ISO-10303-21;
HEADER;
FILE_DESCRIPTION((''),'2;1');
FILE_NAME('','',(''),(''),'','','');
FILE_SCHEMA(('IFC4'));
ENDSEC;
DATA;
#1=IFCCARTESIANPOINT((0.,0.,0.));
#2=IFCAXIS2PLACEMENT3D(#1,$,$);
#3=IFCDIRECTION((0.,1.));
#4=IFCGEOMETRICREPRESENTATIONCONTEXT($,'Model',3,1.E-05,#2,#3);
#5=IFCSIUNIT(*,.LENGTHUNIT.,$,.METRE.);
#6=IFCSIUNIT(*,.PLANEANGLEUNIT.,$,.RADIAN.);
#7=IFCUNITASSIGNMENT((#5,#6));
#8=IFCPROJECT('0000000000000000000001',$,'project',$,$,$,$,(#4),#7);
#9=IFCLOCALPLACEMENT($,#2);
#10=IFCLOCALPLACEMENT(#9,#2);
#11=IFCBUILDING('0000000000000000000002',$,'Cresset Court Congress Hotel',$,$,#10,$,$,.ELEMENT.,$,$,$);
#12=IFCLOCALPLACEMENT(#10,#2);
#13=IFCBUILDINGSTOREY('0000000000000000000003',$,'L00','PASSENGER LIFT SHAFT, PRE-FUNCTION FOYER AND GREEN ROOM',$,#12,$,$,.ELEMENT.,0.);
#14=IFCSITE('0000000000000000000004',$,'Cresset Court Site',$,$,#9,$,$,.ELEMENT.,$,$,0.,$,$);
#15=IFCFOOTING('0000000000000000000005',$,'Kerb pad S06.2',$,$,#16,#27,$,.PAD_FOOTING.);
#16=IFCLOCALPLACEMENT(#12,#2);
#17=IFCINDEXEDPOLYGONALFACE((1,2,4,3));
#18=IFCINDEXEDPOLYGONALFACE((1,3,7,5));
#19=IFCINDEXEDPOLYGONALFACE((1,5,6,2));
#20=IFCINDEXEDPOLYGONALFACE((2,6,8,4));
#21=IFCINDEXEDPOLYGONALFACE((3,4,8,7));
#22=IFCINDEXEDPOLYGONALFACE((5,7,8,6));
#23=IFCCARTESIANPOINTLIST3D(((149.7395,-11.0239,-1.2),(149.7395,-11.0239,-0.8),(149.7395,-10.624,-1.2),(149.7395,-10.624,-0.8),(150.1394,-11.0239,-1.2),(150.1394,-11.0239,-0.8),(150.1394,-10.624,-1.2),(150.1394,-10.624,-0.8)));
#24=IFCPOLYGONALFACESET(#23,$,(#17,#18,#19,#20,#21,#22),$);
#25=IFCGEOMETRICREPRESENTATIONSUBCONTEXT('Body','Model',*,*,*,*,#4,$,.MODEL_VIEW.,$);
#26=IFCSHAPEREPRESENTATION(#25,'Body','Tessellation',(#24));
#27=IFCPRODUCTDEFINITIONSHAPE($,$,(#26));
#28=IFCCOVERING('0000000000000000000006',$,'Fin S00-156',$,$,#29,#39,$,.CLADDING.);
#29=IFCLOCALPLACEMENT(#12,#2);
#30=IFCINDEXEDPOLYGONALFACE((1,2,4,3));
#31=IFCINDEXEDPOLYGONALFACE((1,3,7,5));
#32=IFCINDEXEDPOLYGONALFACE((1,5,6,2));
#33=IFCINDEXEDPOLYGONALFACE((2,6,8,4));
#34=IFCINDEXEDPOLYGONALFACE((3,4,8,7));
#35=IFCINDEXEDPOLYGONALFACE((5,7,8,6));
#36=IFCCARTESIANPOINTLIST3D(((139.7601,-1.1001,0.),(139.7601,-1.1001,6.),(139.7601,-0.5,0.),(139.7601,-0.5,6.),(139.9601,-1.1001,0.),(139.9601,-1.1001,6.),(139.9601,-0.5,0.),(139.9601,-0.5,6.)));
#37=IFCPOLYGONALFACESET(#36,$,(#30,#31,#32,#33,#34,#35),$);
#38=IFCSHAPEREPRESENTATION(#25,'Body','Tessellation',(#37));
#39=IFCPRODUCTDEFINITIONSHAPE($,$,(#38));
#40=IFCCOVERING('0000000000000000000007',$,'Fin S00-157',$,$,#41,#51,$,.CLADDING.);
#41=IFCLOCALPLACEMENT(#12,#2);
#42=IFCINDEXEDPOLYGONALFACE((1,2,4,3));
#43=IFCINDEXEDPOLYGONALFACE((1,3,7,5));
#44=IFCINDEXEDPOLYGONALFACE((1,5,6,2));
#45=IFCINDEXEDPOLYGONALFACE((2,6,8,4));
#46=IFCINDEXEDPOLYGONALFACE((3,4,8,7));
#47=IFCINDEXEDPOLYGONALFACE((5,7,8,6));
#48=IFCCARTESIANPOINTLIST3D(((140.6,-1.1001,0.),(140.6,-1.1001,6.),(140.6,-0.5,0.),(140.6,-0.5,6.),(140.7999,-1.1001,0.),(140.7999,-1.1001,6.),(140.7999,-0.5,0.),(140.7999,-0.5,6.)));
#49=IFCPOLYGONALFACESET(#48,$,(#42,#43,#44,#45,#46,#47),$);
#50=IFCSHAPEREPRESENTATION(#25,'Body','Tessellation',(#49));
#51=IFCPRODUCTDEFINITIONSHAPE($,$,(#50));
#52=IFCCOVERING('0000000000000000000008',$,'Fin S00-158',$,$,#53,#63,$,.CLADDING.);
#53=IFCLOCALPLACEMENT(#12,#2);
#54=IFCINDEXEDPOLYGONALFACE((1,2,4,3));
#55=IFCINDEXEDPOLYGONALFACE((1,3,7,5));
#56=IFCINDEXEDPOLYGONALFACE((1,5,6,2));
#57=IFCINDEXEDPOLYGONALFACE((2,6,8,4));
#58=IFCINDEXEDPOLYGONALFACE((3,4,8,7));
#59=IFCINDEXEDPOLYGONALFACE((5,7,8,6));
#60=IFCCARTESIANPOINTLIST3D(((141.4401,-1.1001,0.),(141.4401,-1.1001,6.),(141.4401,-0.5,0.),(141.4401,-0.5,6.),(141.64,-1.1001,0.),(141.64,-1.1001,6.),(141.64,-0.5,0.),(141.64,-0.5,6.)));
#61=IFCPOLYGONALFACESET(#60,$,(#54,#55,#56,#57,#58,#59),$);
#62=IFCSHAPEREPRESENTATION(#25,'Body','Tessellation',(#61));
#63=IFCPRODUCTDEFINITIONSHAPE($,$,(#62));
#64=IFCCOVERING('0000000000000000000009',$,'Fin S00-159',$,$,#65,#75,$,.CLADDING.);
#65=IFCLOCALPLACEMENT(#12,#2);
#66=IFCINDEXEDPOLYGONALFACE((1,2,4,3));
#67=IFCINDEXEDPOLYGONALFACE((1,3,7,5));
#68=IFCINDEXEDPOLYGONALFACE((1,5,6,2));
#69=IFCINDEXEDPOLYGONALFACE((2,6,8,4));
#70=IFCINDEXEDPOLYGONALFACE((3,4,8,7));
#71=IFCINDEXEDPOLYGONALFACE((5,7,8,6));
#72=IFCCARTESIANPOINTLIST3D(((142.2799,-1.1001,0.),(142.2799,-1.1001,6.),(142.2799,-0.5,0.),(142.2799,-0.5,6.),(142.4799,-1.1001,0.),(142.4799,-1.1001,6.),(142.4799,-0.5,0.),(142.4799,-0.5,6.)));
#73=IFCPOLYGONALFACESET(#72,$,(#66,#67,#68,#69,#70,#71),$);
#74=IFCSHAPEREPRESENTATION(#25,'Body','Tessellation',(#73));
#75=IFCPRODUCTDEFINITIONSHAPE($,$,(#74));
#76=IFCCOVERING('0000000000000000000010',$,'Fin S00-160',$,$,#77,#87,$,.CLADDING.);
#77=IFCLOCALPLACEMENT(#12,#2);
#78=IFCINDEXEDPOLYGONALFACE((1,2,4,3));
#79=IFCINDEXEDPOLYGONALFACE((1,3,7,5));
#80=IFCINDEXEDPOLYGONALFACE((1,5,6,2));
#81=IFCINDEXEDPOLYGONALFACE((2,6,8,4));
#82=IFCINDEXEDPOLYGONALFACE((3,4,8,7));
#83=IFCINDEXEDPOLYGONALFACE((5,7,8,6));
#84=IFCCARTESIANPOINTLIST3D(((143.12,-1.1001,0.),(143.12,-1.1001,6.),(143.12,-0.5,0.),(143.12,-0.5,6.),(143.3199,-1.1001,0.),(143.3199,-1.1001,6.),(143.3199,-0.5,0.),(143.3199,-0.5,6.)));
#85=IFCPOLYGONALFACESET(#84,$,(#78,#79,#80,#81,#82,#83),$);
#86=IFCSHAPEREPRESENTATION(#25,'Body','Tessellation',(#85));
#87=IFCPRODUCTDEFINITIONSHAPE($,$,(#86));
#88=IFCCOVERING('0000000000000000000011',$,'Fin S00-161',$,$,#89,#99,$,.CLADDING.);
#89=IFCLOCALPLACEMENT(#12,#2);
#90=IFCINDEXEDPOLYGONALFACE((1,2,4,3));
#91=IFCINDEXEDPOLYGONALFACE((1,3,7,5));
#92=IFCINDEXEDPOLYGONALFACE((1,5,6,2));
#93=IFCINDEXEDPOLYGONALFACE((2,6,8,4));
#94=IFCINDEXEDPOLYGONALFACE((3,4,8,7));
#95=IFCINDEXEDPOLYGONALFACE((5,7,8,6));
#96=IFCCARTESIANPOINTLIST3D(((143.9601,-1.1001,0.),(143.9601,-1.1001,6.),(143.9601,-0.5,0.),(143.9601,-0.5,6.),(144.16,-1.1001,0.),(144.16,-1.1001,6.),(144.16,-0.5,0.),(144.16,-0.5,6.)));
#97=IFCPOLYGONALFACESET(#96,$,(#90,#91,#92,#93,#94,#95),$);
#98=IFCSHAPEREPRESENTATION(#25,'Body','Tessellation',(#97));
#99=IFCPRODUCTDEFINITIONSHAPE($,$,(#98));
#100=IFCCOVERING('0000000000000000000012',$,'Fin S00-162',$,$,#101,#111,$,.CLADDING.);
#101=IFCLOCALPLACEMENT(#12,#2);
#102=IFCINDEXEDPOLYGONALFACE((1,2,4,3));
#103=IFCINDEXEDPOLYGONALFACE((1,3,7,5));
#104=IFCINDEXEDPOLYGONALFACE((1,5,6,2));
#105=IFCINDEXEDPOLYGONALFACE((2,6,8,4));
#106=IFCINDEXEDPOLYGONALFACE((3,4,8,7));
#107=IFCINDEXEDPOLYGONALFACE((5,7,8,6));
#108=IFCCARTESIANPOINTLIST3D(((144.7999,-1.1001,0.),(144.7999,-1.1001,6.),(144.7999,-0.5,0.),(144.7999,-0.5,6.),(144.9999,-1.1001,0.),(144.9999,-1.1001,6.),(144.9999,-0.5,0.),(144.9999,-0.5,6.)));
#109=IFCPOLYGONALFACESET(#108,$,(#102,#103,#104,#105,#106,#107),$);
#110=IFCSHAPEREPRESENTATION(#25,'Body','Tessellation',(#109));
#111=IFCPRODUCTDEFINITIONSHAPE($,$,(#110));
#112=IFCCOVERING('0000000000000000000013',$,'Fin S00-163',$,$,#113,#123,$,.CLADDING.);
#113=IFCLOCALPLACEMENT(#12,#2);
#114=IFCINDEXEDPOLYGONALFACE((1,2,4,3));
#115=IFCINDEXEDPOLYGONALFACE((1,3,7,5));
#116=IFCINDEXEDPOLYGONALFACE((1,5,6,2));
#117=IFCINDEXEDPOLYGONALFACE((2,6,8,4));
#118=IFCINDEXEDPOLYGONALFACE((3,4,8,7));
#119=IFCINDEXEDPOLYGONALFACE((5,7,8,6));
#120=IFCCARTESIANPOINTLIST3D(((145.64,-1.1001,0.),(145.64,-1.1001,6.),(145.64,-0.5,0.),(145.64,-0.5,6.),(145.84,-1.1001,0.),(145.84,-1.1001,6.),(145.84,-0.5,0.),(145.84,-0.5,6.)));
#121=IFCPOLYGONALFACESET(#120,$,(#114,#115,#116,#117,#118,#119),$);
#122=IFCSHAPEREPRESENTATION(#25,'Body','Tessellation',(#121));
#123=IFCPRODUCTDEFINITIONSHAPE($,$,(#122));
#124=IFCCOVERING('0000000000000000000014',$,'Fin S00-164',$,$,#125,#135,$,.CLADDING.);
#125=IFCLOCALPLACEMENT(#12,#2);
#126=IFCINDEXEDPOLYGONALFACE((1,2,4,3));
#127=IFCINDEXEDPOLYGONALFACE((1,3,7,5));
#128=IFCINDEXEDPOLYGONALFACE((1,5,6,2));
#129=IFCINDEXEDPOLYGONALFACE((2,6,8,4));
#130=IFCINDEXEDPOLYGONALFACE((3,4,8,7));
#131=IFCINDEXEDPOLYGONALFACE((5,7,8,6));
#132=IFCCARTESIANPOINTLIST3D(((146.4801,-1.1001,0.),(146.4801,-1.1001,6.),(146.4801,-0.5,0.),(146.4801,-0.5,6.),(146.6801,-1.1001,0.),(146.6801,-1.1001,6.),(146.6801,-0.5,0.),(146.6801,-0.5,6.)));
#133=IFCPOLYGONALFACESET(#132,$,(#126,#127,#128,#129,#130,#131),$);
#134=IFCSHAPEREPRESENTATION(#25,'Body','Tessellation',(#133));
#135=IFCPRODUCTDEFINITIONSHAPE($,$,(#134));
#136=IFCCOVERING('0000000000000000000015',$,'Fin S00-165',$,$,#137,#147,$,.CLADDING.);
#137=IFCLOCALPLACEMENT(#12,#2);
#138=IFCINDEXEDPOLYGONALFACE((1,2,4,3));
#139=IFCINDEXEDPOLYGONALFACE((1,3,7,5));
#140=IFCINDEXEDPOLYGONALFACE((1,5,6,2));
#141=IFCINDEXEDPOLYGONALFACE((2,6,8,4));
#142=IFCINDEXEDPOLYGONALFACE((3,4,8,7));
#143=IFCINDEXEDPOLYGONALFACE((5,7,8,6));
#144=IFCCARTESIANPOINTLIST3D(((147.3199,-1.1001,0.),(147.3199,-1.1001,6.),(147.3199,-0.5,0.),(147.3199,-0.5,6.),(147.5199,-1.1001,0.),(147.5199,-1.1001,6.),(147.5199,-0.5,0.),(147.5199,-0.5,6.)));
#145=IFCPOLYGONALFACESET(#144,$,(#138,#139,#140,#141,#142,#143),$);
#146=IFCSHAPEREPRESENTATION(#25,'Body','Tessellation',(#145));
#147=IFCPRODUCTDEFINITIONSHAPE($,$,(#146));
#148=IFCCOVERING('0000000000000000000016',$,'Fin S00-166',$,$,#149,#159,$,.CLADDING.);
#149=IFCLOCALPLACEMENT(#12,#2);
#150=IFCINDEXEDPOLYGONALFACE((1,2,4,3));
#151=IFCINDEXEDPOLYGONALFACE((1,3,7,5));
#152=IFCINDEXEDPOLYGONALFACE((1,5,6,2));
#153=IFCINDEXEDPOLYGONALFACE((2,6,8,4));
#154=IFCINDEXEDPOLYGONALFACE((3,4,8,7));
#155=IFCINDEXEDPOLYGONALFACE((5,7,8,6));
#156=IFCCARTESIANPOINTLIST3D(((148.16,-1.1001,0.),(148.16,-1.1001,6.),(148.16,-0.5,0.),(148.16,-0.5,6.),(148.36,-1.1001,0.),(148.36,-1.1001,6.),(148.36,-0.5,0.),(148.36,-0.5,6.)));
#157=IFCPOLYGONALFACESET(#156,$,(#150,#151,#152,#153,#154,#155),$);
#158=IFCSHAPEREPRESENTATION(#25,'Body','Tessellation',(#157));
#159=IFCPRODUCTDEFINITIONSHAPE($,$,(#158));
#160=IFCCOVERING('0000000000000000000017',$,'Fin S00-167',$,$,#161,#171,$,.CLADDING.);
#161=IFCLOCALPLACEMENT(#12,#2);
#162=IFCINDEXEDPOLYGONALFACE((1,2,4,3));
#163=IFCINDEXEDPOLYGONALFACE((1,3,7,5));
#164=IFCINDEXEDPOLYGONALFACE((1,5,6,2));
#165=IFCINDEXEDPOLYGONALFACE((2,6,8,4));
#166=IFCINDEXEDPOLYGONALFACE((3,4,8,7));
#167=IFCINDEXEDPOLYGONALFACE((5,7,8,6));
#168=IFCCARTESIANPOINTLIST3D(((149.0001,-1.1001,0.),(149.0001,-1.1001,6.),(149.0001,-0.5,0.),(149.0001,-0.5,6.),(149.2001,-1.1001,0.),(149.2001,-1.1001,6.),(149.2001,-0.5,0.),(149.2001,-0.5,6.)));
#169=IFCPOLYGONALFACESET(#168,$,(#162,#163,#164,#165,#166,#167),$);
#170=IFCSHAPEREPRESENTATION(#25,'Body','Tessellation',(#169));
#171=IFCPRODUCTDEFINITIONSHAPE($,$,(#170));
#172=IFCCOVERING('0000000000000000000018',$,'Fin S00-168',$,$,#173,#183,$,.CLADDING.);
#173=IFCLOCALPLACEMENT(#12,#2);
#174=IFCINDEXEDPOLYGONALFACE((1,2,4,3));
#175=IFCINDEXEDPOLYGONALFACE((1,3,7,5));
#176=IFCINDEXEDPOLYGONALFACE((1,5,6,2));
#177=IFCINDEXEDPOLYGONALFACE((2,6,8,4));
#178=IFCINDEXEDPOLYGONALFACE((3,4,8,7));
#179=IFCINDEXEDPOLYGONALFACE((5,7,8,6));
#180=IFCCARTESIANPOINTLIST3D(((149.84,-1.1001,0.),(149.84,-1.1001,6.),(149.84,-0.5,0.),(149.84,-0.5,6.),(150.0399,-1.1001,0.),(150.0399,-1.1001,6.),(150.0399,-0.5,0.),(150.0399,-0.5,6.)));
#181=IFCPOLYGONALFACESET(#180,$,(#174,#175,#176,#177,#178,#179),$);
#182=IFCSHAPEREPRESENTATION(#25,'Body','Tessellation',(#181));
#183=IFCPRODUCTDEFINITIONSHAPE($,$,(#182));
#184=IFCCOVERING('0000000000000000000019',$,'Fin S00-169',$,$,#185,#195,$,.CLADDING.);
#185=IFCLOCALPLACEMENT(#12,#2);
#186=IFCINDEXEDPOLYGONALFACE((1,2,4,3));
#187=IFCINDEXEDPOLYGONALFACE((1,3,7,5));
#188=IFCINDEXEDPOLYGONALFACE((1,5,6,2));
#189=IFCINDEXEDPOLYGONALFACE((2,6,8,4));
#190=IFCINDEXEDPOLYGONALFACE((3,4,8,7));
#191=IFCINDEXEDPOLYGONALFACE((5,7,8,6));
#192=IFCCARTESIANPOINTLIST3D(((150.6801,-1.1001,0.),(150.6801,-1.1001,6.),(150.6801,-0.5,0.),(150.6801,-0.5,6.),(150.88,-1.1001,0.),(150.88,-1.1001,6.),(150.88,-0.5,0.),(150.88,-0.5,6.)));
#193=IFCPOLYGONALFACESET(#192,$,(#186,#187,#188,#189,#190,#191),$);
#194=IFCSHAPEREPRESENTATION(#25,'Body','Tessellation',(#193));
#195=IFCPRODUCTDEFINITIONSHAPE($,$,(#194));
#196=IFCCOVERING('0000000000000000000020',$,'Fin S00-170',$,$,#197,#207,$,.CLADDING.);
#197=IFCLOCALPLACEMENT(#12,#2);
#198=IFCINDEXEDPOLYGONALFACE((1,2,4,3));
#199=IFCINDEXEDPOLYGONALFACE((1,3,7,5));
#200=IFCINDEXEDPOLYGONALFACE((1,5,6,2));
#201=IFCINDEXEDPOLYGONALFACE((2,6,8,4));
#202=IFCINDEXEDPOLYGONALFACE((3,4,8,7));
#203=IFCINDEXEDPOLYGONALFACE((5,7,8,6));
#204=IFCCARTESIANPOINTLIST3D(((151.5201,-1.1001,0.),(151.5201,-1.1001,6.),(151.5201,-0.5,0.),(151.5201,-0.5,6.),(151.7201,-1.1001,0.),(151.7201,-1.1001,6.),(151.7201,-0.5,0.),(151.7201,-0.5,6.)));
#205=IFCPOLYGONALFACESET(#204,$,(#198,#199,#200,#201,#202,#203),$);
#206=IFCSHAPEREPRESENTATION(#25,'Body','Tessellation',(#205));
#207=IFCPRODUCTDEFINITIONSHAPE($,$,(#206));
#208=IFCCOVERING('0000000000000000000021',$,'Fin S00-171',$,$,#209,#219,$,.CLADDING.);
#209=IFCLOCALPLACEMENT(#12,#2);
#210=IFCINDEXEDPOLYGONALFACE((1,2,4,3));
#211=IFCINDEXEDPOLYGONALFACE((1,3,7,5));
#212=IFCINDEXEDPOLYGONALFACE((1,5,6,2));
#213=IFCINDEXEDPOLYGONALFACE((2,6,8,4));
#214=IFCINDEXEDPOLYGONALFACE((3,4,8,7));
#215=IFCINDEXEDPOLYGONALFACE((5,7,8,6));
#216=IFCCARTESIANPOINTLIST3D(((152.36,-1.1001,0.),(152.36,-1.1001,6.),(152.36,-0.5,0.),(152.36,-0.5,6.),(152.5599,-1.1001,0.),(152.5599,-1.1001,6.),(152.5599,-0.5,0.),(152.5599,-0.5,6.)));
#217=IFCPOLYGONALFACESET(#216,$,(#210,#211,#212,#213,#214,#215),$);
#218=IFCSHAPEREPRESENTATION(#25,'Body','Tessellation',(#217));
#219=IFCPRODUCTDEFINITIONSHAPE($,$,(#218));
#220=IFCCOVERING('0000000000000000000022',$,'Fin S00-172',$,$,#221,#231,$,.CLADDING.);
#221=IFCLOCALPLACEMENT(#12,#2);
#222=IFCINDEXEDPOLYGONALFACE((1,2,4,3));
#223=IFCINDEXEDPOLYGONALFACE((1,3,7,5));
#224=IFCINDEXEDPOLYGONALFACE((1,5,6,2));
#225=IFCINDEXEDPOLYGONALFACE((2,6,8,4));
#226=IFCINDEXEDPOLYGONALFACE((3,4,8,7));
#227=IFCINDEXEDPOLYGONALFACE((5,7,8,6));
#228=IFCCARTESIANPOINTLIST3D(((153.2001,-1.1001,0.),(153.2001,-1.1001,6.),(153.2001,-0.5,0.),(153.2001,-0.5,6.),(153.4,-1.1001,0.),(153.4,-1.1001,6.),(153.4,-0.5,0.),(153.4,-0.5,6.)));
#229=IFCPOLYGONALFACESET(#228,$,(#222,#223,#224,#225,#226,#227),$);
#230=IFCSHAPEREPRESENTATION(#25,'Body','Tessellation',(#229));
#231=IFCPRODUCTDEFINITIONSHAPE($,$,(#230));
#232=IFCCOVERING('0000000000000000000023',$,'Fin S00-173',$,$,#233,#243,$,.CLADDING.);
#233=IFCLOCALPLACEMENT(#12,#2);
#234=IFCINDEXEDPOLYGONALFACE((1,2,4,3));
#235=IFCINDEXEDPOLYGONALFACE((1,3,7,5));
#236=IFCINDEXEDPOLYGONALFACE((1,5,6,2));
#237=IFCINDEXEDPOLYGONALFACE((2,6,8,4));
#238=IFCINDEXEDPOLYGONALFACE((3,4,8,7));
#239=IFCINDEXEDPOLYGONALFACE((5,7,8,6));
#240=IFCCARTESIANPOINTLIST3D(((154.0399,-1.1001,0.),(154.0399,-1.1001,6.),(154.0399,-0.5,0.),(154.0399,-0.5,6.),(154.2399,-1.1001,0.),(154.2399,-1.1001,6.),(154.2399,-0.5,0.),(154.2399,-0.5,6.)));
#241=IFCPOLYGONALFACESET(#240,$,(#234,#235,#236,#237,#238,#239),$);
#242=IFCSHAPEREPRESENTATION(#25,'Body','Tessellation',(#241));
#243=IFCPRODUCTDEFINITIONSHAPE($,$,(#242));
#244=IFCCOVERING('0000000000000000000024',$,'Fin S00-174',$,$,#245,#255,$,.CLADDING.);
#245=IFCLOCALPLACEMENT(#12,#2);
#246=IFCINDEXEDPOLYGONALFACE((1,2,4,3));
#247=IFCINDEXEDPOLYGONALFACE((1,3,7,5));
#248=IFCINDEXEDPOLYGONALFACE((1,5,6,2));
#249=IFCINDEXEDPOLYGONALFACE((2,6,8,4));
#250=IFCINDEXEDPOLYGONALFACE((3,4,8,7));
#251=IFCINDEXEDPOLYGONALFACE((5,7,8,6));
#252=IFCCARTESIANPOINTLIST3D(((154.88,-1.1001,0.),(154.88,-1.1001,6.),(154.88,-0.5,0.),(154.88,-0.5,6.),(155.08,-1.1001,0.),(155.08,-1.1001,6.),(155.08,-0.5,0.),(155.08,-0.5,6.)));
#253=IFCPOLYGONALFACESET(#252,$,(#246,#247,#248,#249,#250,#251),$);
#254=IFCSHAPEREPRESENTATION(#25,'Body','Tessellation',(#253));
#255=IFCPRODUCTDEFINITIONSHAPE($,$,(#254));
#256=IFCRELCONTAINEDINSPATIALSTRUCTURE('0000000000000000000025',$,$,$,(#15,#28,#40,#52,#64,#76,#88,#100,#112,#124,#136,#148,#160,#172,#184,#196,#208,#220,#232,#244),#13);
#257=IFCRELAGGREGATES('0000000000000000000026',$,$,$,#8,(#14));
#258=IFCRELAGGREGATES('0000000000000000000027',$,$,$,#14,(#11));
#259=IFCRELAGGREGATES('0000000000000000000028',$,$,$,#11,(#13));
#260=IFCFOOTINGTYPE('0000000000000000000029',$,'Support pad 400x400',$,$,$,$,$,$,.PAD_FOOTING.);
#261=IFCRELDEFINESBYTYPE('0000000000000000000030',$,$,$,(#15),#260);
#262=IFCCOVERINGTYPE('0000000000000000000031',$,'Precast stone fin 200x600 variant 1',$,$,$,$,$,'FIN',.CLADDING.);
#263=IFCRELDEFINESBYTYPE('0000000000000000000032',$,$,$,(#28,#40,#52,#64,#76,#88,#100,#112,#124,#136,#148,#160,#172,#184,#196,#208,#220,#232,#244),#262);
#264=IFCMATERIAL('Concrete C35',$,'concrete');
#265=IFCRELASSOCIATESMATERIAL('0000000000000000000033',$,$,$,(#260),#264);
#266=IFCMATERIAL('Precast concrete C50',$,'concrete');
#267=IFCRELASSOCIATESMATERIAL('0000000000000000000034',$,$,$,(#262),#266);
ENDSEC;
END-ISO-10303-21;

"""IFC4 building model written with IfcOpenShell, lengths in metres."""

from ifc_helpers import new_model, si_unit, direction, frame, origin, origin_2d, place, context, subcontext, project, spatial, rectangle, extrude, material, type_object, element, save


model = new_model("IFC4")

# Units and contexts
model_context = context("Model", 3, precision=1e-05, world=origin(), true_north=direction((0.0, 1.0)))
body_context = subcontext(model_context, "Body", "Model", "MODEL_VIEW")
ifc_project = project(units=[si_unit("LENGTHUNIT", "METRE"), si_unit("PLANEANGLEUNIT", "RADIAN")], contexts=[model_context])

# Site, building, storey
site_placement = place(None, origin())
site = spatial("IfcSite", under=ifc_project, at=site_placement, Name="Cresset Court Site", CompositionType="ELEMENT", RefElevation=0.0)
building_placement = place(site_placement, origin())
building = spatial("IfcBuilding", under=site, at=building_placement, Name="Cresset Court Congress Hotel", CompositionType="ELEMENT")
storey_placement = place(building_placement, origin())
storey = spatial("IfcBuildingStorey", under=building, at=storey_placement, Name="L00", Description="PASSENGER LIFT SHAFT, PRE-FUNCTION FOYER AND GREEN ROOM", CompositionType="ELEMENT", Elevation=0.0)

# Footing
ifc_material_1 = material(Name="Concrete C35", Category="concrete")
footing_type = type_object("IfcFootingType", Name="Support pad 400x400", PredefinedType="PAD_FOOTING", material=ifc_material_1)
footing_placement = place(storey_placement, frame((149.9395, -10.824, -1.2), z_axis=(0.0, 0.0, 1.0), x_axis=(1.0, 0.0, 0.0)))
element("IfcFooting", 1, at=footing_placement, inside=storey, type_object=footing_type, Name="Kerb pad S06.2", PredefinedType="PAD_FOOTING", context=body_context, shape_type="SweptSolid", body=[
    extrude(rectangle(XDim=0.3999, YDim=0.3999, at=origin_2d()), origin(), (0.0, 0.0, 1.0), 0.3999),
])

# Coverings
ifc_material_2 = material(Name="Precast concrete C50", Category="concrete")
covering_type_1 = type_object("IfcCoveringType", Name="Precast stone fin 200x600 variant 1", ElementType="FIN", PredefinedType="CLADDING", material=ifc_material_2)
for number, where, z_axis, x_axis, name in (
    (2, (139.8601, -0.8, 0.0), (0.0, 0.0, 1.0), (1.0, 0.0, 0.0), "Fin S00-156"),
    (3, (140.7, -0.8, 0.0), (0.0, 0.0, 1.0), (1.0, 0.0, 0.0), "Fin S00-157"),
    (4, (141.54, -0.8, 0.0), (0.0, 0.0, 1.0), (1.0, 0.0, 0.0), "Fin S00-158"),
    (5, (142.3799, -0.8, 0.0), (0.0, 0.0, 1.0), (1.0, 0.0, 0.0), "Fin S00-159"),
    (6, (143.22, -0.8, 0.0), (0.0, 0.0, 1.0), (1.0, 0.0, 0.0), "Fin S00-160"),
    (7, (144.0601, -0.8, 0.0), (0.0, 0.0, 1.0), (1.0, 0.0, 0.0), "Fin S00-161"),
    (8, (144.8999, -0.8, 0.0), (0.0, 0.0, 1.0), (1.0, 0.0, 0.0), "Fin S00-162"),
    (9, (145.74, -0.8, 0.0), (0.0, 0.0, 1.0), (1.0, 0.0, 0.0), "Fin S00-163"),
    (10, (146.5801, -0.8, 0.0), (0.0, 0.0, 1.0), (1.0, 0.0, 0.0), "Fin S00-164"),
    (11, (147.4199, -0.8, 0.0), (0.0, 0.0, 1.0), (1.0, 0.0, 0.0), "Fin S00-165"),
    (12, (148.26, -0.8, 0.0), (0.0, 0.0, 1.0), (1.0, 0.0, 0.0), "Fin S00-166"),
    (13, (149.1001, -0.8, 0.0), (0.0, 0.0, 1.0), (1.0, 0.0, 0.0), "Fin S00-167"),
    (14, (149.9399, -0.8, 0.0), (0.0, 0.0, 1.0), (1.0, 0.0, 0.0), "Fin S00-168"),
    (15, (150.78, -0.8, 0.0), (0.0, 0.0, 1.0), (1.0, 0.0, 0.0), "Fin S00-169"),
    (16, (151.6201, -0.8, 0.0), (0.0, 0.0, 1.0), (1.0, 0.0, 0.0), "Fin S00-170"),
    (17, (152.46, -0.8, 0.0), (0.0, 0.0, 1.0), (1.0, 0.0, 0.0), "Fin S00-171"),
    (18, (153.3, -0.8, 0.0), (0.0, 0.0, 1.0), (1.0, 0.0, 0.0), "Fin S00-172"),
    (19, (154.1399, -0.8, 0.0), (0.0, 0.0, 1.0), (1.0, 0.0, 0.0), "Fin S00-173"),
    (20, (154.98, -0.8, 0.0), (0.0, 0.0, 1.0), (1.0, 0.0, 0.0), "Fin S00-174"),
):
    element("IfcCovering", number, at=place(storey_placement, frame(where, z_axis=z_axis, x_axis=x_axis)), inside=storey, type_object=covering_type_1, Name=name, PredefinedType="CLADDING", context=body_context, shape_type="SweptSolid", body=[
        extrude(rectangle(XDim=0.2, YDim=0.6001, at=origin_2d()), origin(), (0.0, 0.0, 1.0), 6.0),
    ])

save(model, "model.ifc")
